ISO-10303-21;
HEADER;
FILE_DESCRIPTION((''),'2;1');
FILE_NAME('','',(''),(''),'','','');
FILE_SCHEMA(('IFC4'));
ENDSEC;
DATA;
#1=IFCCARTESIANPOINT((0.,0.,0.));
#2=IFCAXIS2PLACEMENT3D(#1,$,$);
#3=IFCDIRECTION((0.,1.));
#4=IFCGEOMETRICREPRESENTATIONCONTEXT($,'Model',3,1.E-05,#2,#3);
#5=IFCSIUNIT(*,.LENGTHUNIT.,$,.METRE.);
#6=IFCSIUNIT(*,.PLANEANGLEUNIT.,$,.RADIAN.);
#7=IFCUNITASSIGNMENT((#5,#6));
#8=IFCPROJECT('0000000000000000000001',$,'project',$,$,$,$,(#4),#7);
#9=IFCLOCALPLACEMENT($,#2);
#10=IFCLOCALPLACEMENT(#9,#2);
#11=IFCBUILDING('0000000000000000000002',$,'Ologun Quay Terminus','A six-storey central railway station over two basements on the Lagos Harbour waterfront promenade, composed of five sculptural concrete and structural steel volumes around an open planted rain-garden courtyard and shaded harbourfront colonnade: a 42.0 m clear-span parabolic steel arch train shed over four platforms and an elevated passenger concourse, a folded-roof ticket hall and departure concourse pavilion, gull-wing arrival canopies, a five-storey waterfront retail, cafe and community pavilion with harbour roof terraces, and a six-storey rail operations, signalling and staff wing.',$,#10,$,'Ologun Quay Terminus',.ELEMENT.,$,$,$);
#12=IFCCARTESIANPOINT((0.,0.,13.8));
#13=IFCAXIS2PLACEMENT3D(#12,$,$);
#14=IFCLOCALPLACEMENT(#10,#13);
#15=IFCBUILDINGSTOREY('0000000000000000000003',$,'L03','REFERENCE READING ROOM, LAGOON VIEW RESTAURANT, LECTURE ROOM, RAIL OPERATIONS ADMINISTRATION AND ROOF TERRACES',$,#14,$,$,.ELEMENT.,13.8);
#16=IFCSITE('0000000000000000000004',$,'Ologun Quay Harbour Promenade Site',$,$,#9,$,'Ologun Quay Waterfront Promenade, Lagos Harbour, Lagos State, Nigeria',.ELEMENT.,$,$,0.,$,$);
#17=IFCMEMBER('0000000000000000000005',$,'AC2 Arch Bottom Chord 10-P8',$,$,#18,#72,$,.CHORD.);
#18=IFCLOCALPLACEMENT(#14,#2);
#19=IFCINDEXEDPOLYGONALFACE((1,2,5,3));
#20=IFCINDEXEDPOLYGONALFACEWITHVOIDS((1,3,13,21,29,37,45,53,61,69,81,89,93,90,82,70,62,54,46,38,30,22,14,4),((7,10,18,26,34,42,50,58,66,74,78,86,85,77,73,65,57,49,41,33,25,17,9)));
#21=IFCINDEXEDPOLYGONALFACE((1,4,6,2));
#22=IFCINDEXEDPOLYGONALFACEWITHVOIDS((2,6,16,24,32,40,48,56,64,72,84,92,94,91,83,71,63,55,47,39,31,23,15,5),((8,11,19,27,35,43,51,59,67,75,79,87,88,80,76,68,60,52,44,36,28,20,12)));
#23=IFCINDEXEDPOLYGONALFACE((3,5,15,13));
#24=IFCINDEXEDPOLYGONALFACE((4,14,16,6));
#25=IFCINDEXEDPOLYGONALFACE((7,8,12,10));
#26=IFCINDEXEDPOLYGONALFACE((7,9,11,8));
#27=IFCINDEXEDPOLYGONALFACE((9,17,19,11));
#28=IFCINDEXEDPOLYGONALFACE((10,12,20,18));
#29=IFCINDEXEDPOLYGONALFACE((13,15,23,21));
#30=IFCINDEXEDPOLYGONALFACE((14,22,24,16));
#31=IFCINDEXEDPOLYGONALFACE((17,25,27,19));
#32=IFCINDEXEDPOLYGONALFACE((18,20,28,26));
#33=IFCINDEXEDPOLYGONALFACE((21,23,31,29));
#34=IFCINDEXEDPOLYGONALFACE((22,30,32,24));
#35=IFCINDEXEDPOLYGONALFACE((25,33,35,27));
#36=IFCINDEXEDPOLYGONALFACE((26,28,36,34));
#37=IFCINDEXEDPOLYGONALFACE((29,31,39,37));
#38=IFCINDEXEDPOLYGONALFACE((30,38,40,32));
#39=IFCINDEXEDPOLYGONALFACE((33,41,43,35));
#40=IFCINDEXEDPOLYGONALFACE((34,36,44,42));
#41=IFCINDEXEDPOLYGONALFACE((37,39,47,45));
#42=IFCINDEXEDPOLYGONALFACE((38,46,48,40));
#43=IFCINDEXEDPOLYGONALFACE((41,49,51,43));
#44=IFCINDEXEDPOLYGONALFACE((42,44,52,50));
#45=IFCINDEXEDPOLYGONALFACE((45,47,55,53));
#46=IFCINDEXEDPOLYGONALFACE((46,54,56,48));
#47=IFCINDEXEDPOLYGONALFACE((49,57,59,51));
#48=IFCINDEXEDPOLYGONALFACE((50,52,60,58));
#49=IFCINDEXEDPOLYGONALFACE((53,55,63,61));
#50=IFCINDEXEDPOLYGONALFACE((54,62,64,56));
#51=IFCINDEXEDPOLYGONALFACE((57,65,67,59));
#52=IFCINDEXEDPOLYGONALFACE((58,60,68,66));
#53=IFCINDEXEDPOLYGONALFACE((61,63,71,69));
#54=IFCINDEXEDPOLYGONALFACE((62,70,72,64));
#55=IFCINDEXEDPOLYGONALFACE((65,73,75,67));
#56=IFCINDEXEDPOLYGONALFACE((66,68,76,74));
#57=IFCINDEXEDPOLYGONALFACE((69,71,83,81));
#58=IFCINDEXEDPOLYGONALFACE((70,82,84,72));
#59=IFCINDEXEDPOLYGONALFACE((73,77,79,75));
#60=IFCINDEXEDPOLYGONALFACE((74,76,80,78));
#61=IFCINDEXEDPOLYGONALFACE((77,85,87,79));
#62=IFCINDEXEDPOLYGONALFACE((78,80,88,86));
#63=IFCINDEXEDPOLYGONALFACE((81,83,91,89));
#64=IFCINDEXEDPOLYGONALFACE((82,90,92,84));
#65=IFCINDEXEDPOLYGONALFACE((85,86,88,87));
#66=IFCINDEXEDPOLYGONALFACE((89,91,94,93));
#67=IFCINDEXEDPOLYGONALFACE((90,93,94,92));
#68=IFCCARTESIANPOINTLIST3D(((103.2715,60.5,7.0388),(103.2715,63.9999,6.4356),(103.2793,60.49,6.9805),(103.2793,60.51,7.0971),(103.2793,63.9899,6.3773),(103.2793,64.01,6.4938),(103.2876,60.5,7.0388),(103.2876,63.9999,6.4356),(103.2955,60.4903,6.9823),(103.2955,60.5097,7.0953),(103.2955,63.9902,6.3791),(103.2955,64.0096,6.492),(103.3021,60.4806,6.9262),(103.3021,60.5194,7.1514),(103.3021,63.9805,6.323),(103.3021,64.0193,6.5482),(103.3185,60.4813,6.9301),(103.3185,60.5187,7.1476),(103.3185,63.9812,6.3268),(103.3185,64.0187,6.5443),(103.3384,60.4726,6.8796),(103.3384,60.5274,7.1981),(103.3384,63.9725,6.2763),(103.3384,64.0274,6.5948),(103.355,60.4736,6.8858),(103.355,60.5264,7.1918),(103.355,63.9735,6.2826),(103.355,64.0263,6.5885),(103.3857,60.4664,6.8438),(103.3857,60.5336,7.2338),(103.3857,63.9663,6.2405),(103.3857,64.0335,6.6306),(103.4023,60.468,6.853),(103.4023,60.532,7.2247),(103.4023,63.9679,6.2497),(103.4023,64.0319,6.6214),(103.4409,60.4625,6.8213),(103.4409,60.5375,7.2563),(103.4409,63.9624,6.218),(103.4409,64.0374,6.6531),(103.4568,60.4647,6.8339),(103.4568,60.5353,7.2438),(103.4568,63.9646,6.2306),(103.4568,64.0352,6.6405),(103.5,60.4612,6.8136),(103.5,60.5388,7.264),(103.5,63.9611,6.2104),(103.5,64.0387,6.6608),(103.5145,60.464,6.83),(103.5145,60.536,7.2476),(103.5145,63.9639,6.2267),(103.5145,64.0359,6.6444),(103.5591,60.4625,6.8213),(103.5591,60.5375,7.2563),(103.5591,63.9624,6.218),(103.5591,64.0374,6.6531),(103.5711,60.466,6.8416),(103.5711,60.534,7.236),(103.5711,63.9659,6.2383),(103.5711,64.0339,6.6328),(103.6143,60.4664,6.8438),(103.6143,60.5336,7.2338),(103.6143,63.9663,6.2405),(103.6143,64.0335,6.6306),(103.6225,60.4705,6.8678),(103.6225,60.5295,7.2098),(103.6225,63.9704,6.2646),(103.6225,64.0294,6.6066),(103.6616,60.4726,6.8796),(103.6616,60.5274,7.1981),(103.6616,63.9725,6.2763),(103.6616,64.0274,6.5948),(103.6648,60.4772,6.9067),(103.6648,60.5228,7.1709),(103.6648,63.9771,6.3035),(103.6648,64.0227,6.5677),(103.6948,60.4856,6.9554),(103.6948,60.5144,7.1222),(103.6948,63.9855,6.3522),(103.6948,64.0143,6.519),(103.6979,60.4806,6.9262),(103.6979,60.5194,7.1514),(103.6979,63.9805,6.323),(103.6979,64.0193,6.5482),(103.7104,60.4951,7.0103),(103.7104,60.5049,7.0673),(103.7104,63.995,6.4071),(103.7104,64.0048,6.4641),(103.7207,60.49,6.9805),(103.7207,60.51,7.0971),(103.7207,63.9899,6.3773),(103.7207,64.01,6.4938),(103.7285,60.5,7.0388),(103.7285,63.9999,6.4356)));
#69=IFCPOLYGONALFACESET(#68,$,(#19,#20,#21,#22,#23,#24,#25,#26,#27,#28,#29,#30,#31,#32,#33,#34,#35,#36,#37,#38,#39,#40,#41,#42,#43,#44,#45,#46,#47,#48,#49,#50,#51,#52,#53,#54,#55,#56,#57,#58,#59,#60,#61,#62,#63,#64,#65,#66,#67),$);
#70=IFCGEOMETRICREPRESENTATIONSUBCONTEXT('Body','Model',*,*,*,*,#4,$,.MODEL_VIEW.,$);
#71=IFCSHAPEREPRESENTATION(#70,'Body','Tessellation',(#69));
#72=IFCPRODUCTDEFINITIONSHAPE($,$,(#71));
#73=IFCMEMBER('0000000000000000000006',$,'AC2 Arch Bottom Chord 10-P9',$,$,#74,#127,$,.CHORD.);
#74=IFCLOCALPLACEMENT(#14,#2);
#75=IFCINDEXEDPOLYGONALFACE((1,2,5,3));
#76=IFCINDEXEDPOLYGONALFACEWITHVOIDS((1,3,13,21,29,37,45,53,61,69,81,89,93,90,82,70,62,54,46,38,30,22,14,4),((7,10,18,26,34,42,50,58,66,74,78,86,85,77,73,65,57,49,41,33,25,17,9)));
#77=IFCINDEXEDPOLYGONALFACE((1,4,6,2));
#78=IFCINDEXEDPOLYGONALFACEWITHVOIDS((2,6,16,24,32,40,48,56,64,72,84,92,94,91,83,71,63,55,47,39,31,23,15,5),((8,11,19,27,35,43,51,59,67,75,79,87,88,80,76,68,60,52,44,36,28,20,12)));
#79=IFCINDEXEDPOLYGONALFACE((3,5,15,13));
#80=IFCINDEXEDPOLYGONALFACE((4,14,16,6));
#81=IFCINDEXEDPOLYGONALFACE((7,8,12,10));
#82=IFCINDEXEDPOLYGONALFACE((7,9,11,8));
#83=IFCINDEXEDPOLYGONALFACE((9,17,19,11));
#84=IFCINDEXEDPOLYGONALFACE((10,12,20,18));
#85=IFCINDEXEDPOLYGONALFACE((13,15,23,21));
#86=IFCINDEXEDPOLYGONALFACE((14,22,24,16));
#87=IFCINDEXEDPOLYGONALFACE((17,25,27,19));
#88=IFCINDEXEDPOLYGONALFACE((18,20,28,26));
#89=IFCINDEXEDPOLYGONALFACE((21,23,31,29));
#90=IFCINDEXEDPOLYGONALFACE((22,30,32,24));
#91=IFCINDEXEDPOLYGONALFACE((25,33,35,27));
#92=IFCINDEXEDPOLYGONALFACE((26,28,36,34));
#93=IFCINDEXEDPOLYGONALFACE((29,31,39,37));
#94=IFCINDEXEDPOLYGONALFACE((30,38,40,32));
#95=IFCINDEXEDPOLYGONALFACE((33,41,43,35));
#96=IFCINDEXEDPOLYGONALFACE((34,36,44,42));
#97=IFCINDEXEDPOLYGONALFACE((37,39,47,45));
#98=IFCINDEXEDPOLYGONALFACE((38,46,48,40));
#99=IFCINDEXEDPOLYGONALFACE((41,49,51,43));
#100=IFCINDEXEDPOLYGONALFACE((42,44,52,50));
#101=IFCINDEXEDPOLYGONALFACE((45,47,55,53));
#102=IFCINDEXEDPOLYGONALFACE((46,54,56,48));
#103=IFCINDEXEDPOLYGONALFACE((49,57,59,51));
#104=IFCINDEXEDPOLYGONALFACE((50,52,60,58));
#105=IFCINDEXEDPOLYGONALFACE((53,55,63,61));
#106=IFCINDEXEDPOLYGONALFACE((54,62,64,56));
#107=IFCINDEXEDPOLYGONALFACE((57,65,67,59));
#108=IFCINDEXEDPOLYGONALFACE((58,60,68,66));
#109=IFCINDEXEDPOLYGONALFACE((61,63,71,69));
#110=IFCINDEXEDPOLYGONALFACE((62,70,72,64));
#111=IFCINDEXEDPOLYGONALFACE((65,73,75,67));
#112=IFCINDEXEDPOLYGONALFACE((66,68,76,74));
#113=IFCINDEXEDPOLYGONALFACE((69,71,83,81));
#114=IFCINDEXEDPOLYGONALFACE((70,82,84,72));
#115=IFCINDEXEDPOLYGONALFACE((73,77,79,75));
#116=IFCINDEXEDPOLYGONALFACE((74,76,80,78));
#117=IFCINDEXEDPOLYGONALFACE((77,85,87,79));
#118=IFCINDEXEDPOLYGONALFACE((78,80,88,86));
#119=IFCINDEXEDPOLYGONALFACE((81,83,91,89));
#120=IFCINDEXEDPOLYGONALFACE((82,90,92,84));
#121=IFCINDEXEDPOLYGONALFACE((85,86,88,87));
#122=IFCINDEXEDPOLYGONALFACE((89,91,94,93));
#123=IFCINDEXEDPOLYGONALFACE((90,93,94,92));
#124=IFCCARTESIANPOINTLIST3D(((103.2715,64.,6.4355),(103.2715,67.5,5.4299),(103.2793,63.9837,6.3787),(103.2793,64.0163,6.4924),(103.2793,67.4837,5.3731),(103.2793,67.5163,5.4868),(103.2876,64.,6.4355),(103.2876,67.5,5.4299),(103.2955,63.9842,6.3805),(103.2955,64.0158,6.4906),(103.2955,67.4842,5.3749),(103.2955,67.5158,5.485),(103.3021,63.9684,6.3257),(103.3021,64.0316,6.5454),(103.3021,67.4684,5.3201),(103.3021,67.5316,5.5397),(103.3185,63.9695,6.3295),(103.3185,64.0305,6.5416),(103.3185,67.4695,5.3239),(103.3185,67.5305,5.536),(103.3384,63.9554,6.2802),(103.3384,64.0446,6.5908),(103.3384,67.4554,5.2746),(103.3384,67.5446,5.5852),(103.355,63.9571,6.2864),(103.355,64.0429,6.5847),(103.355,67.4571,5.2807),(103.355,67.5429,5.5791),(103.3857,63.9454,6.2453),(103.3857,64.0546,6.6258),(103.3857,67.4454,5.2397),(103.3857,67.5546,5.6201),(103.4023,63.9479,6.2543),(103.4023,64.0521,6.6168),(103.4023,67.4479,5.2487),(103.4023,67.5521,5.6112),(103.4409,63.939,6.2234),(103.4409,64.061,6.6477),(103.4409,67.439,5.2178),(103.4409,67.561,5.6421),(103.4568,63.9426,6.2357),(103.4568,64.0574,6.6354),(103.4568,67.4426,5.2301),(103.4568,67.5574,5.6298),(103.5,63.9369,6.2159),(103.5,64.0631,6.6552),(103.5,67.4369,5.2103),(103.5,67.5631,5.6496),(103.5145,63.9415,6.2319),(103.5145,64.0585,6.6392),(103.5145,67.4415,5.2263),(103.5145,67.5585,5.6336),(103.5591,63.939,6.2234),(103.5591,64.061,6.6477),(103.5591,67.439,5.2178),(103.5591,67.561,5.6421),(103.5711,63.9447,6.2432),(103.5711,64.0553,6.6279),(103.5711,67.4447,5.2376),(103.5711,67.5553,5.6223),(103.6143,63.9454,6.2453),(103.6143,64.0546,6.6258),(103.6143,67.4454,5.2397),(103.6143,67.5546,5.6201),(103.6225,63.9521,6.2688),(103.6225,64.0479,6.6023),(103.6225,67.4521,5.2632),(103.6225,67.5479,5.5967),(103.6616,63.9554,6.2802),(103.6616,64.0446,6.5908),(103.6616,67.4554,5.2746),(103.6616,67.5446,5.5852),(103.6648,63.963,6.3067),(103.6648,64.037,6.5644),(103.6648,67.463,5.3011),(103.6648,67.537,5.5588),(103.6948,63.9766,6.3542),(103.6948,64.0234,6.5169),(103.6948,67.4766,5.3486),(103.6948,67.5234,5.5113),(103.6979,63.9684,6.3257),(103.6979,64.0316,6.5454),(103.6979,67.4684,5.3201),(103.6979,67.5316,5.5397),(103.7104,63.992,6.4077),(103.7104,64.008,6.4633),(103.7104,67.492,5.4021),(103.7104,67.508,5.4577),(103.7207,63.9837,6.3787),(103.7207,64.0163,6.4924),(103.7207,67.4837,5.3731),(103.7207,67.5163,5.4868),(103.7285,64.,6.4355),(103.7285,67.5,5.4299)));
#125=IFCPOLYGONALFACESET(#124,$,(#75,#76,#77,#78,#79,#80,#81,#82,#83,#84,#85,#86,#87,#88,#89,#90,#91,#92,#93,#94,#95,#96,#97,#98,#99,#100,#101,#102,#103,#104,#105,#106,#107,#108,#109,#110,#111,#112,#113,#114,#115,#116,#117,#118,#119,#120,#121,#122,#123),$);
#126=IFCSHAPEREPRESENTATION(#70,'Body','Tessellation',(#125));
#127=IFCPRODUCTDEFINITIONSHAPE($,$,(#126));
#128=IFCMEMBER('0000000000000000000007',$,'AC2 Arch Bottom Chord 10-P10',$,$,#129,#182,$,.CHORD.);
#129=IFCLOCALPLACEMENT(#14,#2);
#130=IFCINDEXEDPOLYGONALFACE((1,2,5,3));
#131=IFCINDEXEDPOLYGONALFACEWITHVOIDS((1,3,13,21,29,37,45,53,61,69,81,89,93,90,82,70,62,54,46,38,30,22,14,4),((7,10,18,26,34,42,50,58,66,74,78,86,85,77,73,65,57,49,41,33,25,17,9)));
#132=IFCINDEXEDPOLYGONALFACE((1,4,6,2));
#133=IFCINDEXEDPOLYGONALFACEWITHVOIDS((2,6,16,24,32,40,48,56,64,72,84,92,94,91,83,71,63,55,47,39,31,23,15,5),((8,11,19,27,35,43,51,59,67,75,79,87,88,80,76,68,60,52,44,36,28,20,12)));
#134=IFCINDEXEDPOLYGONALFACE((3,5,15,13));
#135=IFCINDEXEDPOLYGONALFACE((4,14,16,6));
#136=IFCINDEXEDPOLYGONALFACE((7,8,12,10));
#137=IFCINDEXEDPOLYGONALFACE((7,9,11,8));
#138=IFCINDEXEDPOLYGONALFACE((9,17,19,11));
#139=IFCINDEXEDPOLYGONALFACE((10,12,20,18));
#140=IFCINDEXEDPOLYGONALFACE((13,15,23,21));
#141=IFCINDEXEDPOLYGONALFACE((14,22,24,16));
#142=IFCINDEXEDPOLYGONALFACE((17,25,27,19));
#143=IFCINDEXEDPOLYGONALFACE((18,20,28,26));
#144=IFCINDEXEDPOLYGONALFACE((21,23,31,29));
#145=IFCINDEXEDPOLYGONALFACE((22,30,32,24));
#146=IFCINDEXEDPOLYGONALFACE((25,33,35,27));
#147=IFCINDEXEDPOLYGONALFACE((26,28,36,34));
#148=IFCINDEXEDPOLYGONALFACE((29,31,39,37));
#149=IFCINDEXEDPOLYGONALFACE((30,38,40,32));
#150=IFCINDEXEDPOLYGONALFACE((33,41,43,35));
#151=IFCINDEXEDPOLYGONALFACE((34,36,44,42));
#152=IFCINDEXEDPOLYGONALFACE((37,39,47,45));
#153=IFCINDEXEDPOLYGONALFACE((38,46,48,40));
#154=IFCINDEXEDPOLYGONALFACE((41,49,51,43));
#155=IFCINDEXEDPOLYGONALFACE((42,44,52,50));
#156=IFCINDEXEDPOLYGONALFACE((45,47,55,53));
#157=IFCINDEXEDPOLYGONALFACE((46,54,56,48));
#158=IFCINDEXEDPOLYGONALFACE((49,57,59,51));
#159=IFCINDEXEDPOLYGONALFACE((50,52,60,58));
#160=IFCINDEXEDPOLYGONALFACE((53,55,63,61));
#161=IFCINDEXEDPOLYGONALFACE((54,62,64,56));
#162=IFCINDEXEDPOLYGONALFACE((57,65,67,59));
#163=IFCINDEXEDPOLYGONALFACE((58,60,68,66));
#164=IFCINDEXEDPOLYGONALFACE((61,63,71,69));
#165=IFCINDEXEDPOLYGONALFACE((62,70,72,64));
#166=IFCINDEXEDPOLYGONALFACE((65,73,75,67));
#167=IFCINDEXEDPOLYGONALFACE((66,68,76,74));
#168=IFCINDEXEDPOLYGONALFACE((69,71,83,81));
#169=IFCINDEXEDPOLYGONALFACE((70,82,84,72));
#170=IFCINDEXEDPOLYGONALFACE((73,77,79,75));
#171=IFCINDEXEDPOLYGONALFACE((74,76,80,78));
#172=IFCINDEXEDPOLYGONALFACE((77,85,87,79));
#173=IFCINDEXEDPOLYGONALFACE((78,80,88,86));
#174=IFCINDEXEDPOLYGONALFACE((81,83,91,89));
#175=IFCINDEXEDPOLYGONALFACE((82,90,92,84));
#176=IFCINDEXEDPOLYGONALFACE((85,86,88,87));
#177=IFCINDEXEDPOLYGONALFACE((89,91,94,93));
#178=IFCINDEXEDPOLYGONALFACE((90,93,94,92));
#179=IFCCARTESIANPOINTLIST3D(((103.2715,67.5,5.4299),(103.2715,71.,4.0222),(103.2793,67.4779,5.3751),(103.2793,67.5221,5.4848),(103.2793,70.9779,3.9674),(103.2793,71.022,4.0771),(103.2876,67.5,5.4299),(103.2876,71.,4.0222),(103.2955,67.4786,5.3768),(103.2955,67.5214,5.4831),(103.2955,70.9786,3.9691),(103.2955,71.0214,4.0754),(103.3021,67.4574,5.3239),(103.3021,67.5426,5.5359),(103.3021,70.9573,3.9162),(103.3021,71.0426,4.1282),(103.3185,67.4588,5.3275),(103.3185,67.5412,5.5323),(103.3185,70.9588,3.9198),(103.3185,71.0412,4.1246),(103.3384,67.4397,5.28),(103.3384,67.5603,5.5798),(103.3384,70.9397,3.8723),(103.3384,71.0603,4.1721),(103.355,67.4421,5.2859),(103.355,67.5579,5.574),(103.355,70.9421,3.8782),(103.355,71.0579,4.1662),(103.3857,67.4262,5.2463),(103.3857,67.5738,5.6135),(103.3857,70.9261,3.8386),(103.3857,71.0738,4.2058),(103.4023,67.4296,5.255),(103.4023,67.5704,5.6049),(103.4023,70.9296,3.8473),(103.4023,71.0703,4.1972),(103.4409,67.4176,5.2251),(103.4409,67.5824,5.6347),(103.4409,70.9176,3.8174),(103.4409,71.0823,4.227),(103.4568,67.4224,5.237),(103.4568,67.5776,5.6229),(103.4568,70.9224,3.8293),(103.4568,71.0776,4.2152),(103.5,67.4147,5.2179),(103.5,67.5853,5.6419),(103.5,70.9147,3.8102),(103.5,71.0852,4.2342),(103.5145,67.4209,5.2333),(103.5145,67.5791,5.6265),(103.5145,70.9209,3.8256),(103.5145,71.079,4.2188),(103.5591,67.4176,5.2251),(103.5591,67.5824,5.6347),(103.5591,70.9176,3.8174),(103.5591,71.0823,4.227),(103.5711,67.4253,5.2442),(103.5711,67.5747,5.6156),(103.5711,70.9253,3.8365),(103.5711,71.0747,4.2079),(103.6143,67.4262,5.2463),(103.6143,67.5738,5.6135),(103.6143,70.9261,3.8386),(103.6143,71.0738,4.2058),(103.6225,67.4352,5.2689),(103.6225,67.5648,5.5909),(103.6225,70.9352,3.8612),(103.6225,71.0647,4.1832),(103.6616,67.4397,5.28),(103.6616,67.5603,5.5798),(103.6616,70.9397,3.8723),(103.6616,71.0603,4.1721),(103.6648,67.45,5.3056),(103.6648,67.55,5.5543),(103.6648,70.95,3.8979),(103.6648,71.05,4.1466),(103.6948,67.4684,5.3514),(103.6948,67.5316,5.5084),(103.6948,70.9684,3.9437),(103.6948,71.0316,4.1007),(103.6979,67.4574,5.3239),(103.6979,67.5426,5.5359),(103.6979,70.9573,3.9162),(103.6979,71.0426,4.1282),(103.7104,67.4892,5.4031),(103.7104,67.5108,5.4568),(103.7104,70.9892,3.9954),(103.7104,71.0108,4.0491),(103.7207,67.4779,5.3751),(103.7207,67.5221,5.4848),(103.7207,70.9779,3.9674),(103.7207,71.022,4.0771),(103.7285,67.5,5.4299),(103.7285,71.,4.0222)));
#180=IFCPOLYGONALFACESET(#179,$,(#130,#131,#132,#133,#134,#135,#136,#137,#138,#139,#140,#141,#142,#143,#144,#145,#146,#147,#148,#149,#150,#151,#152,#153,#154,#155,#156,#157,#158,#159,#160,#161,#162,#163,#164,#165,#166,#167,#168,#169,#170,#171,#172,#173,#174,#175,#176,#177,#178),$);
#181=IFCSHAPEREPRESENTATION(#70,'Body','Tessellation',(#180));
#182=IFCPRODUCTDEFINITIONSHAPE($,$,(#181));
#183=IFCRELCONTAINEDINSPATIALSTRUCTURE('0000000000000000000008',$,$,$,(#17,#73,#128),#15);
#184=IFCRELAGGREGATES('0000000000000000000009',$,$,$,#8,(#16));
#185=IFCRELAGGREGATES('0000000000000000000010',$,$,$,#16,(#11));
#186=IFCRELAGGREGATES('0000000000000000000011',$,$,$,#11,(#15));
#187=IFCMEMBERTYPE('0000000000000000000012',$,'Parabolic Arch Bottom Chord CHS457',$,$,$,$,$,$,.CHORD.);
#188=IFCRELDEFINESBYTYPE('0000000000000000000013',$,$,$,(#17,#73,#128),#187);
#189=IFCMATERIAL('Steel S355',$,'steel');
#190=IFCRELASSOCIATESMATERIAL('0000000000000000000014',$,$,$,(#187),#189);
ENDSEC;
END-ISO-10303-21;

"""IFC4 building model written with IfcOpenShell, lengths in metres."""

from ifc_helpers import new_model, si_unit, direction, frame, origin, origin_2d, place, context, subcontext, project, spatial, hollow_circle, extrude, material, material_profile, profile_set, type_object, element, save


model = new_model("IFC4")

# Units and contexts
model_context = context("Model", 3, precision=1e-05, world=origin(), true_north=direction((0.0, 1.0)))
body_context = subcontext(model_context, "Body", "Model", "MODEL_VIEW")
ifc_project = project(units=[si_unit("LENGTHUNIT", "METRE"), si_unit("PLANEANGLEUNIT", "RADIAN")], contexts=[model_context])

# Site, building, storey
site_placement = place(None, origin())
site = spatial("IfcSite", under=ifc_project, at=site_placement, Name="Ologun Quay Harbour Promenade Site", LongName="Ologun Quay Waterfront Promenade, Lagos Harbour, Lagos State, Nigeria", CompositionType="ELEMENT", RefElevation=0.0)
building_placement = place(site_placement, origin())
building = spatial("IfcBuilding", under=site, at=building_placement, Name="Ologun Quay Terminus", Description="A six-storey central railway station over two basements on the Lagos Harbour waterfront promenade, composed of five sculptural concrete and structural steel volumes around an open planted rain-garden courtyard and shaded harbourfront colonnade: a 42.0 m clear-span parabolic steel arch train shed over four platforms and an elevated passenger concourse, a folded-roof ticket hall and departure concourse pavilion, gull-wing arrival canopies, a five-storey waterfront retail, cafe and community pavilion with harbour roof terraces, and a six-storey rail operations, signalling and staff wing.", LongName="Ologun Quay Terminus", CompositionType="ELEMENT")
storey_placement = place(building_placement, frame((0.0, 0.0, 13.8)))
storey = spatial("IfcBuildingStorey", under=building, at=storey_placement, Name="L03", Description="REFERENCE READING ROOM, LAGOON VIEW RESTAURANT, LECTURE ROOM, RAIL OPERATIONS ADMINISTRATION AND ROOF TERRACES", CompositionType="ELEMENT", Elevation=13.8)

# Members
ifc_material_1 = material(Name="Steel S355", Category="steel")
ifc_material_profile_1 = material_profile(ifc_material_1, hollow_circle(Radius=0.2285, WallThickness=0.0161, at=origin_2d()), Name="CHS 457x16")
ifc_profile_set_1 = profile_set([ifc_material_profile_1], Name="Steel S355")
member_type_1 = type_object("IfcMemberType", Name="Parabolic Arch Bottom Chord CHS457", PredefinedType="CHORD", material=ifc_profile_set_1)
member_1_placement = place(storey_placement, frame((103.5, 60.5, 7.0388), z_axis=(0.0, 0.985468, -0.169859), x_axis=(-1.0, 0.0, 0.0)))
element("IfcMember", 1, at=member_1_placement, inside=storey, type_object=member_type_1, Name="AC2 Arch Bottom Chord 10-P8", PredefinedType="CHORD", context=body_context, shape_type="SweptSolid", body=[
    extrude(hollow_circle(Radius=0.2285, WallThickness=0.0161, at=origin_2d()), origin(), (0.0, 0.0, 1.0), 3.5515),
])
member_2_placement = place(storey_placement, frame((103.5, 64.0, 6.4355), z_axis=(0.0, 0.961116, -0.276146), x_axis=(-1.0, 0.0, 0.0)))
element("IfcMember", 2, at=member_2_placement, inside=storey, type_object=member_type_1, Name="AC2 Arch Bottom Chord 10-P9", PredefinedType="CHORD", context=body_context, shape_type="SweptSolid", body=[
    extrude(hollow_circle(Radius=0.2285, WallThickness=0.0161, at=origin_2d()), origin(), (0.0, 0.0, 1.0), 3.6416),
])
member_3_placement = place(storey_placement, frame((103.5, 67.5, 5.4299), z_axis=(0.0, 0.92777, -0.373153), x_axis=(-1.0, 0.0, 0.0)))
element("IfcMember", 3, at=member_3_placement, inside=storey, type_object=member_type_1, Name="AC2 Arch Bottom Chord 10-P10", PredefinedType="CHORD", context=body_context, shape_type="SweptSolid", body=[
    extrude(hollow_circle(Radius=0.2285, WallThickness=0.0161, at=origin_2d()), origin(), (0.0, 0.0, 1.0), 3.7725),
])

save(model, "model.ifc")
